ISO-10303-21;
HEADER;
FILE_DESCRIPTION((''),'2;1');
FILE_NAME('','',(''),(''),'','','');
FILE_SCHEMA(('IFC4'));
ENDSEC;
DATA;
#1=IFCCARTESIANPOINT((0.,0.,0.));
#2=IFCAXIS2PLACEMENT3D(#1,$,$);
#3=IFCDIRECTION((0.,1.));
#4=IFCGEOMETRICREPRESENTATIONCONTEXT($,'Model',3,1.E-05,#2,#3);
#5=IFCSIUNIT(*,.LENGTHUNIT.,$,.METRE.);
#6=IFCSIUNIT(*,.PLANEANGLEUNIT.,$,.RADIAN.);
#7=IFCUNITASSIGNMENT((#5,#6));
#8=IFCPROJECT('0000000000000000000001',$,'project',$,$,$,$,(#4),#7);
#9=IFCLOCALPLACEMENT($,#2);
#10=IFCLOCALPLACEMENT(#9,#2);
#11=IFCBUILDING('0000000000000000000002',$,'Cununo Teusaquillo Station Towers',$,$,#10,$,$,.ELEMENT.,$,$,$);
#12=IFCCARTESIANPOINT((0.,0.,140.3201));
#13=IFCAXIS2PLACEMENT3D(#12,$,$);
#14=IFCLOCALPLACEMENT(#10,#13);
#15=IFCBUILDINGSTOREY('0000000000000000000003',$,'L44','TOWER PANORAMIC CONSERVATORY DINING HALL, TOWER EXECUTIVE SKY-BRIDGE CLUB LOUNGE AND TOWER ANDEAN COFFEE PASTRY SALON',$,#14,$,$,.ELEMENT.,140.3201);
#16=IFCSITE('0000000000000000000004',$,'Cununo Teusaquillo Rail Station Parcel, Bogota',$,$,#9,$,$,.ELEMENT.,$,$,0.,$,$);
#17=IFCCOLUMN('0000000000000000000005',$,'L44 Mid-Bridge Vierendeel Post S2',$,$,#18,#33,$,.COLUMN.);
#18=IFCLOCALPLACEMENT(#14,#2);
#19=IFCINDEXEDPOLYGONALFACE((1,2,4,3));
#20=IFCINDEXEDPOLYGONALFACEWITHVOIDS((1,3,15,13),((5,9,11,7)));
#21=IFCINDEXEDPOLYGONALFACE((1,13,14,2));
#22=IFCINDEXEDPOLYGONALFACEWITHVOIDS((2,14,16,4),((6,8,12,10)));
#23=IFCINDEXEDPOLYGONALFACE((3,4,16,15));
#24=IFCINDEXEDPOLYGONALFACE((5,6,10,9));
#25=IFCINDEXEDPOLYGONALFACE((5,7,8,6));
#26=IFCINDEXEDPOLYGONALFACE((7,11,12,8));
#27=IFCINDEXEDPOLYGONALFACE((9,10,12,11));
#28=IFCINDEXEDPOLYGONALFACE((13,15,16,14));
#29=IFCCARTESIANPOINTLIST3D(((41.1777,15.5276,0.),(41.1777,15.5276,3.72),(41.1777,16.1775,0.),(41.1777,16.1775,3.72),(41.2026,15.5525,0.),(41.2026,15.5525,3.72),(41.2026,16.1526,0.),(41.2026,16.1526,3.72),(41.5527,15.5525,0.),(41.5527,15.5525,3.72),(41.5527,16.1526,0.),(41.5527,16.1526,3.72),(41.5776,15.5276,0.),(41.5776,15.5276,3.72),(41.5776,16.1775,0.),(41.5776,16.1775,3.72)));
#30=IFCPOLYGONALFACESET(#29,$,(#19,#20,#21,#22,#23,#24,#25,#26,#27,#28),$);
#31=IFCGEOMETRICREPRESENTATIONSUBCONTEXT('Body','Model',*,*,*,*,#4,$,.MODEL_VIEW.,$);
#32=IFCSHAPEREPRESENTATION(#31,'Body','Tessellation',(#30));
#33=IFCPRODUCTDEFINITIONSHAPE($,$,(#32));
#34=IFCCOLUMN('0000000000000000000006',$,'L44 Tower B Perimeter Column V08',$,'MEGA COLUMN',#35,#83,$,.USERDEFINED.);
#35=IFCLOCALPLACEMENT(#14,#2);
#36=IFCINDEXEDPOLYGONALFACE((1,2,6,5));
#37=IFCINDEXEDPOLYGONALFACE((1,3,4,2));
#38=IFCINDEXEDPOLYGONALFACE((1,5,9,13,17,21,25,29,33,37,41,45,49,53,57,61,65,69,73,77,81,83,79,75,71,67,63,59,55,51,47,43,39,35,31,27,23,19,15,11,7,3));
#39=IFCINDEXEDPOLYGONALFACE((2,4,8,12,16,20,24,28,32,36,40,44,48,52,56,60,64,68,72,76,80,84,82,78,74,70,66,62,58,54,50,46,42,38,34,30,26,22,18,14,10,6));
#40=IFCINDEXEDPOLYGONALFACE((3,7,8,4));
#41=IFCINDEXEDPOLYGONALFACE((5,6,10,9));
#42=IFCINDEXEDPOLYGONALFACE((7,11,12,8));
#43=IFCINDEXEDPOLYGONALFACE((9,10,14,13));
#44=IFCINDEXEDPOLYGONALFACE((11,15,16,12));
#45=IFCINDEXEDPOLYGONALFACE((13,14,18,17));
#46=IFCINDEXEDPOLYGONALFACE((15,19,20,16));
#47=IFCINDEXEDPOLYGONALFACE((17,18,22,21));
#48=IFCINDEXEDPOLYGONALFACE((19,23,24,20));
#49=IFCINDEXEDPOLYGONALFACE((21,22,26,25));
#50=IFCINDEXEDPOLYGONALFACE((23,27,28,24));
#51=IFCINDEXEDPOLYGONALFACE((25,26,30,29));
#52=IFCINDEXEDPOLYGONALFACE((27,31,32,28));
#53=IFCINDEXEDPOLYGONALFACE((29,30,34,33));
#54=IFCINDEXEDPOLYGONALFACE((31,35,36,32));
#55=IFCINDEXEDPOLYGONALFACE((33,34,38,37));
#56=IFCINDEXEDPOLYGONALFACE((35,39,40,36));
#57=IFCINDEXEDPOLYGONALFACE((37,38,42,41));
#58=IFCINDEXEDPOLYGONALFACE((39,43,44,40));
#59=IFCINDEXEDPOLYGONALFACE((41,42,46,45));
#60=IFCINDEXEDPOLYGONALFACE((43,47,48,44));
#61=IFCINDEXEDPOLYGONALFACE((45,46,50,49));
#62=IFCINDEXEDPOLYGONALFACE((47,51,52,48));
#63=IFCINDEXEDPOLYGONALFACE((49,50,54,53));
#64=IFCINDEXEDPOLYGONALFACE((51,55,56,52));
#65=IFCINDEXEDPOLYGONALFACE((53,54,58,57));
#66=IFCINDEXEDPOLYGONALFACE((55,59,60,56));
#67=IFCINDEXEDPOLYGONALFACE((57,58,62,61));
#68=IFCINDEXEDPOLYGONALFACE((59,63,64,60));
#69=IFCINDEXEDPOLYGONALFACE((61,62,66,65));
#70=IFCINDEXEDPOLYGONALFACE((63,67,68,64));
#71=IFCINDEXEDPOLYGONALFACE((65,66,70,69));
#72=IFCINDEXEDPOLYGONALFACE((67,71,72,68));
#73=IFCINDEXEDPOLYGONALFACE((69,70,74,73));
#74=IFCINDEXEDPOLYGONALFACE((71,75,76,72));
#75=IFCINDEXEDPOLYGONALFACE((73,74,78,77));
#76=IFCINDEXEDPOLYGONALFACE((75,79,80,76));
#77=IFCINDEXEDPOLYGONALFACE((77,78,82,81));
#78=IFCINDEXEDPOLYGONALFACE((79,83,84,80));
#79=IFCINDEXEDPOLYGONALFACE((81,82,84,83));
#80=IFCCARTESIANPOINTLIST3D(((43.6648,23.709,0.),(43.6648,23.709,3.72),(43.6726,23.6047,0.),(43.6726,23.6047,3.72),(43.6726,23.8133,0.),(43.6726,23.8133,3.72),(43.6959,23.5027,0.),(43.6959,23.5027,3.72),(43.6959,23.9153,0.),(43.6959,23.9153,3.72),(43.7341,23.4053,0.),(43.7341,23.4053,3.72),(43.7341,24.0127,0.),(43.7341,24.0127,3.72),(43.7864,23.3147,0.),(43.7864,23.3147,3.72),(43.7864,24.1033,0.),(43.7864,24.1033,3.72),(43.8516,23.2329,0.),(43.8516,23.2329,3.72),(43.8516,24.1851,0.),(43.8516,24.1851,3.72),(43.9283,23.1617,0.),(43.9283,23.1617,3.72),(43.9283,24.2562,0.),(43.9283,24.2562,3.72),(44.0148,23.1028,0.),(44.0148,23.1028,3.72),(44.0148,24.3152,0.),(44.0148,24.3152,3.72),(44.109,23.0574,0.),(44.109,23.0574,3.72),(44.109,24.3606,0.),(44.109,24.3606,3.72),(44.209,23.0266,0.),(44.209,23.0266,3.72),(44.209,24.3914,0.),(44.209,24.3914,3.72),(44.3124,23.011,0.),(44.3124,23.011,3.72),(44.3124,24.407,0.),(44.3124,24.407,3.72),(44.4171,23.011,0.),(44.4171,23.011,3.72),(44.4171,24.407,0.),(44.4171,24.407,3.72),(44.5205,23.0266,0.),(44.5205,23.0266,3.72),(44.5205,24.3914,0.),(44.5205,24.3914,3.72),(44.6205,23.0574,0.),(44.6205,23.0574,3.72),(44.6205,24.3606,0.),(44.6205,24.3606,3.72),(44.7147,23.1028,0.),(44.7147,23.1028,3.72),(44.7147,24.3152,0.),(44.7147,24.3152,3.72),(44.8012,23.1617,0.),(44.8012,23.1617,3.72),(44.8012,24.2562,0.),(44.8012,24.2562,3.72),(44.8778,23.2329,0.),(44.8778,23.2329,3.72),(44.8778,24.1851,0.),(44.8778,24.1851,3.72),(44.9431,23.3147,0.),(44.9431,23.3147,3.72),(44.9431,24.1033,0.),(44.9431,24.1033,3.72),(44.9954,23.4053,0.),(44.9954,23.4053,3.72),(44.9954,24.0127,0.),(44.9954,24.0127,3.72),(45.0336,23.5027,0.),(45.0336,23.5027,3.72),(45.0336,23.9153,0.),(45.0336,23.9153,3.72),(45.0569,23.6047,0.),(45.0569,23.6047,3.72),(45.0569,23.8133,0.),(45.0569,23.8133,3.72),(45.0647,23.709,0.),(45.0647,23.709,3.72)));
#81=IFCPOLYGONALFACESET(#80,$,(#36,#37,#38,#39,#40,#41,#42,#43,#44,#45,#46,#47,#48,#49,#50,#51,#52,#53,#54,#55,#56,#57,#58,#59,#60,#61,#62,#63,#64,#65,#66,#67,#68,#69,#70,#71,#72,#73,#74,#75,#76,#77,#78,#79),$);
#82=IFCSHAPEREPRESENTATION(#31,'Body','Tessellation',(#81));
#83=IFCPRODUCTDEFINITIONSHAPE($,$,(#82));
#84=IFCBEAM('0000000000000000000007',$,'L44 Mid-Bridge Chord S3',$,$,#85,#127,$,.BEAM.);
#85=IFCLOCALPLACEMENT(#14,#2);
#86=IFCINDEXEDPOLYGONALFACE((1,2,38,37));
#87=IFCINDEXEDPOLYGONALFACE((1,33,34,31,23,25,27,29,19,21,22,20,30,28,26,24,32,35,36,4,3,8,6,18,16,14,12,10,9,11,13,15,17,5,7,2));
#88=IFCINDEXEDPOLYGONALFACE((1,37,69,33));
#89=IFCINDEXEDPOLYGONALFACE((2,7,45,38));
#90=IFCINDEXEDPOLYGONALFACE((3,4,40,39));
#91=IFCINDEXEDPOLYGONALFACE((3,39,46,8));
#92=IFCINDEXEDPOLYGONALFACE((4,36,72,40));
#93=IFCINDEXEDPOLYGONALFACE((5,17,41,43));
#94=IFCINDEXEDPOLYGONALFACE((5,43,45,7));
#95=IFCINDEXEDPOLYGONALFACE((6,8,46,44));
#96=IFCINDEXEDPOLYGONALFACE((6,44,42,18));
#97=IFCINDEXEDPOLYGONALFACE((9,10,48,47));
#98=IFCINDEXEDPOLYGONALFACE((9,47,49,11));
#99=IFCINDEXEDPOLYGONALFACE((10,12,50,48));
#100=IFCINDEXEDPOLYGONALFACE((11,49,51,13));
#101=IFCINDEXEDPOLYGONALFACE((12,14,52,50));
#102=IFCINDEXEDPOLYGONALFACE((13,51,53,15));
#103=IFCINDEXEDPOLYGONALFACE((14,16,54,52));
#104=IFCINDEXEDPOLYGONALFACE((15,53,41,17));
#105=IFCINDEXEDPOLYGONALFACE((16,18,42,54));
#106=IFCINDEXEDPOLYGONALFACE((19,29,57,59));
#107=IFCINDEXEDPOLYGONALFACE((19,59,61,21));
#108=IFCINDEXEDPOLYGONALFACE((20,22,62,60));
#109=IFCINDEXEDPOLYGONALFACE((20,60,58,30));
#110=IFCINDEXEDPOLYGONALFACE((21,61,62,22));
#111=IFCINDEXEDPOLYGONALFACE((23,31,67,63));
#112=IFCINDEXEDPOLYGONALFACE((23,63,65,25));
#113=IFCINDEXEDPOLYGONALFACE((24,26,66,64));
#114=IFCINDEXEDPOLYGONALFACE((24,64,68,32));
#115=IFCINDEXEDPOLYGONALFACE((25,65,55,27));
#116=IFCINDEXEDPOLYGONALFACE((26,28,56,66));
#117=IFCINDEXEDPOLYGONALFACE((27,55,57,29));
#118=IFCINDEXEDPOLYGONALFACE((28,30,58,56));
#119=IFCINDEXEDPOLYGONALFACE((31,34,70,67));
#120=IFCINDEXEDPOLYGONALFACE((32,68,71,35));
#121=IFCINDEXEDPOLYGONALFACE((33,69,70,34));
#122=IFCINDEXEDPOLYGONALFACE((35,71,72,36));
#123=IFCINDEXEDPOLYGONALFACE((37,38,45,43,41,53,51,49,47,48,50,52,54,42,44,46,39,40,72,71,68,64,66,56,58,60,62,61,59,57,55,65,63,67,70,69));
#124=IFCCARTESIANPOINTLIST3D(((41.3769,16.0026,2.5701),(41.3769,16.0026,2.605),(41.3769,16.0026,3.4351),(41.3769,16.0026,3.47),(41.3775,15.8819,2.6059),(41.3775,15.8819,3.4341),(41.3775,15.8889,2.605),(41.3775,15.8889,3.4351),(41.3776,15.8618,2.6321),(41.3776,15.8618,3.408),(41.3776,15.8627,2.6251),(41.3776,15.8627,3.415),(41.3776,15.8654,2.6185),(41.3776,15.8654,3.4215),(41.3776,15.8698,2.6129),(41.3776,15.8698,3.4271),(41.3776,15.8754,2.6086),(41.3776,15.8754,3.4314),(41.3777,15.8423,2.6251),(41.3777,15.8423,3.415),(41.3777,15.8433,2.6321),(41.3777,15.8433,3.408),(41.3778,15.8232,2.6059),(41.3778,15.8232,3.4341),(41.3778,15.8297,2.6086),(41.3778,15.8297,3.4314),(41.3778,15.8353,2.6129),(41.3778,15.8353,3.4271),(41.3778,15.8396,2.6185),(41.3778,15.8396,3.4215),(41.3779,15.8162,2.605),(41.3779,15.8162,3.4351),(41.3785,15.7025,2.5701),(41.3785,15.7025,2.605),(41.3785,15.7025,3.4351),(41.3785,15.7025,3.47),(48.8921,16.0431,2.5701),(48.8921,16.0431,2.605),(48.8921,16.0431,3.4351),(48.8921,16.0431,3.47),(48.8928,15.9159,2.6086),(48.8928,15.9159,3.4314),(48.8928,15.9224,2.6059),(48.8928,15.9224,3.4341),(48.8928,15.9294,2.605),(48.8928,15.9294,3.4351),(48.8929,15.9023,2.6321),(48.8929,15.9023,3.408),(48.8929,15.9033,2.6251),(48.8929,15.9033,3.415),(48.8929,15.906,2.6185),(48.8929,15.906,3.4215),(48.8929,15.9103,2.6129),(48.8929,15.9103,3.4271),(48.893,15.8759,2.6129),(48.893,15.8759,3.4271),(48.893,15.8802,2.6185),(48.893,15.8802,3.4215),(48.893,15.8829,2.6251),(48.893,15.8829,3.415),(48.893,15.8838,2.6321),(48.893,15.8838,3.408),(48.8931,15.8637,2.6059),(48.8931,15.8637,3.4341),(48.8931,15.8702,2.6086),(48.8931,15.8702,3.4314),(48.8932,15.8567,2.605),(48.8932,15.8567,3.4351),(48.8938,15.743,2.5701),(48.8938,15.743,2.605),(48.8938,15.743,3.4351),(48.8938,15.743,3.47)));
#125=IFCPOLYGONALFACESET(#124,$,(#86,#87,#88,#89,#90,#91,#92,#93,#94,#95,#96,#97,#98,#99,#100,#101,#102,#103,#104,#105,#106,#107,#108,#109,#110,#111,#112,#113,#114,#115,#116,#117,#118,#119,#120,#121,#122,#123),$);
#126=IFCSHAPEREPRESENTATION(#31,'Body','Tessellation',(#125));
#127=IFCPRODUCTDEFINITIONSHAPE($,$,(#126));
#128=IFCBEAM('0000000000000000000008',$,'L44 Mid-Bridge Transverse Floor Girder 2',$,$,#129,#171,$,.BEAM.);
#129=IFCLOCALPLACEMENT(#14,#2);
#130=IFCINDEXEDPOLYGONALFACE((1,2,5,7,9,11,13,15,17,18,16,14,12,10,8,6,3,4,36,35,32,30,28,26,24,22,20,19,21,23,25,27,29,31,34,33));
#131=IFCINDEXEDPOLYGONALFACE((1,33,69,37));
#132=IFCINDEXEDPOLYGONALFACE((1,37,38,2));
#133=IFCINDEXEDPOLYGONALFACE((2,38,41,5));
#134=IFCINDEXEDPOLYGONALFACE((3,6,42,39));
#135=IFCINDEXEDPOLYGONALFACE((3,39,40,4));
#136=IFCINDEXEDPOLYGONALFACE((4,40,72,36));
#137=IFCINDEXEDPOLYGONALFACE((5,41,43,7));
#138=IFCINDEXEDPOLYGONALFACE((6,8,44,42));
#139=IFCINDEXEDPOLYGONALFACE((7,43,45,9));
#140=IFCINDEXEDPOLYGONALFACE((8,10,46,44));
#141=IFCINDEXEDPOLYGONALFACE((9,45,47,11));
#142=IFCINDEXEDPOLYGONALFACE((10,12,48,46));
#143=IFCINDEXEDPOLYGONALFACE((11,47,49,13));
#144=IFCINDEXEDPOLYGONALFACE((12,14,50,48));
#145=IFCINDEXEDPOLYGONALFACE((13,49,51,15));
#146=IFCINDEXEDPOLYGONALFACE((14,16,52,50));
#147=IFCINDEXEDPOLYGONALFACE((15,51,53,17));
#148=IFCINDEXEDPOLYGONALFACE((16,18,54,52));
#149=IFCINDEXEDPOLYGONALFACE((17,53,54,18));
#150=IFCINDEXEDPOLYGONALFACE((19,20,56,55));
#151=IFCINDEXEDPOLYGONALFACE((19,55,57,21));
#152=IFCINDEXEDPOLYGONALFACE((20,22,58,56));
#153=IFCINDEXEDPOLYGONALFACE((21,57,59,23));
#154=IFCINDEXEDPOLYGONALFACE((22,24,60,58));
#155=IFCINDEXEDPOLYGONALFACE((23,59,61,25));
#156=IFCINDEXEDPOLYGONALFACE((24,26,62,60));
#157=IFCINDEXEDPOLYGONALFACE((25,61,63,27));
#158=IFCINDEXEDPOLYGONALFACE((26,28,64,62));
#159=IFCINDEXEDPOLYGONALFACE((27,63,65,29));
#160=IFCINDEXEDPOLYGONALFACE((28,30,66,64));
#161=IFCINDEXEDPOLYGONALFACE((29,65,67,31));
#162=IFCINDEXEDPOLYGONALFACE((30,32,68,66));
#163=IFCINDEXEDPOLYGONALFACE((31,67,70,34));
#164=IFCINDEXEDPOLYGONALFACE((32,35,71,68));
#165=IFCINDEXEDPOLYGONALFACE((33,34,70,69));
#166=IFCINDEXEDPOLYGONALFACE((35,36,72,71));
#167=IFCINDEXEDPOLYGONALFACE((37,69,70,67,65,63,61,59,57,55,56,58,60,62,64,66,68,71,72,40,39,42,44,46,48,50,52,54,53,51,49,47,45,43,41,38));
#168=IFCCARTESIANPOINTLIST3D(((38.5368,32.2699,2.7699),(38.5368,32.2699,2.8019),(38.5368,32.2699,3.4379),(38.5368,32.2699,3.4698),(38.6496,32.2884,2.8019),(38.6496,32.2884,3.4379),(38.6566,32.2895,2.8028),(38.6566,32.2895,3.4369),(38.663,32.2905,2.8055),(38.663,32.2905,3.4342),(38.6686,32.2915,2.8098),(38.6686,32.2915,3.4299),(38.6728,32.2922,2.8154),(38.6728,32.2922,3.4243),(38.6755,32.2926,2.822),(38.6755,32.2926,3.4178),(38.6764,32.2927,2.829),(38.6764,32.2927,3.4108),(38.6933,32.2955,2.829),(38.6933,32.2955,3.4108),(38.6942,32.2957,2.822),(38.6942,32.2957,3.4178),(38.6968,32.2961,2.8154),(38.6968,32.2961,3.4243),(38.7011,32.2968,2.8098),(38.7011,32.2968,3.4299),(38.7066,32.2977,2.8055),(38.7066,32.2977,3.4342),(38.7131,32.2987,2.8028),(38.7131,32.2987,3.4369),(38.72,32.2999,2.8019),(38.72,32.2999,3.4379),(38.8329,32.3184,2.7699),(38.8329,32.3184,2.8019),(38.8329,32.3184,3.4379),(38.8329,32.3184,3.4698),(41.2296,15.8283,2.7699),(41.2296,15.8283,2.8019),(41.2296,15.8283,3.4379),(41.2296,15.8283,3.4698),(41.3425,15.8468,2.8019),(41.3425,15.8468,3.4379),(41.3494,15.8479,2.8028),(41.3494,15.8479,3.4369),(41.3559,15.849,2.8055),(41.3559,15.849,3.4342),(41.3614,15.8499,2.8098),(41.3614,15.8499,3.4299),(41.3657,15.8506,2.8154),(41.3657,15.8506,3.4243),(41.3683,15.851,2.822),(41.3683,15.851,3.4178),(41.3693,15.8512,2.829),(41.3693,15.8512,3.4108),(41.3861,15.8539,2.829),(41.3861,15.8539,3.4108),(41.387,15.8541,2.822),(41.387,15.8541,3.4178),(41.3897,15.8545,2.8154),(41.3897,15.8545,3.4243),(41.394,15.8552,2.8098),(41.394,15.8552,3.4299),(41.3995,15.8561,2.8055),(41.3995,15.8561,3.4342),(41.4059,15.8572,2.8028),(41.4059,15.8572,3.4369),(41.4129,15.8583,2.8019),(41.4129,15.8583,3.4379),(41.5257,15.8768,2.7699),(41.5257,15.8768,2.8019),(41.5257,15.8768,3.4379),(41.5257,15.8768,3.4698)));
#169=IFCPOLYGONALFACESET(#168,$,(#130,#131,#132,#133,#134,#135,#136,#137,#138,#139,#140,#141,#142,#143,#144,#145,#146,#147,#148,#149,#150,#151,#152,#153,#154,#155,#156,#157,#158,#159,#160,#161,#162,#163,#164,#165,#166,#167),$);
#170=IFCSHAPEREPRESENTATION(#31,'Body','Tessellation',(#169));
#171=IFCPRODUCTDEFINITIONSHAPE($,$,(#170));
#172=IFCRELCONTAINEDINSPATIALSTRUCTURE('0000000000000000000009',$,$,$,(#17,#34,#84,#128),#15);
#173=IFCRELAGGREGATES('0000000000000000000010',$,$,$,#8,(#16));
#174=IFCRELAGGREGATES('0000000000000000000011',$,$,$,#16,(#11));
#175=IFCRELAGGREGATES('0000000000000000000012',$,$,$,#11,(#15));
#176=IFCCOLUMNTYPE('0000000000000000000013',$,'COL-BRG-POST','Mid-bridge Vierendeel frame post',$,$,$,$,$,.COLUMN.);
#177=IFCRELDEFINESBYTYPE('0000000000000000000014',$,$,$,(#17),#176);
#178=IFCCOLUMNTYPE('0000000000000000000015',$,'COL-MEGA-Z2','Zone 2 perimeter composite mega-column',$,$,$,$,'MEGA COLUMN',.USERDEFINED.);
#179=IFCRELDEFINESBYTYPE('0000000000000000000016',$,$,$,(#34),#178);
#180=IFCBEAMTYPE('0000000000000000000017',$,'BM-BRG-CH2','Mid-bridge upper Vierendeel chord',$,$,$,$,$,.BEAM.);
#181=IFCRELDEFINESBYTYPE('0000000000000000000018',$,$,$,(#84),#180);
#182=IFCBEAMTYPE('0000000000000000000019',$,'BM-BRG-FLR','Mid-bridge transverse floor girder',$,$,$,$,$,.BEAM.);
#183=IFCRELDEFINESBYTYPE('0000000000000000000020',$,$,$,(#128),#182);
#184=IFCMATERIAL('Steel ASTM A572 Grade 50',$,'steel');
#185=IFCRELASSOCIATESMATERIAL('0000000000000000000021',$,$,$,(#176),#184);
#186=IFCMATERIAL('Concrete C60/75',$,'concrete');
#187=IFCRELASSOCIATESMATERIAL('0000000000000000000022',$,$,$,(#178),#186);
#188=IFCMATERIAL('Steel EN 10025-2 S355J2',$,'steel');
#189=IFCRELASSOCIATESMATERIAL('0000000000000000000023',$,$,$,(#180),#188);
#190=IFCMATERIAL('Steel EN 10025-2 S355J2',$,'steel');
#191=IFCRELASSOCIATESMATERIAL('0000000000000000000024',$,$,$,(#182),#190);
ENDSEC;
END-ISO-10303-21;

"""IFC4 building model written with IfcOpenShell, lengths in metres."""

from ifc_helpers import new_model, si_unit, direction, frame, origin, origin_2d, place, context, subcontext, project, spatial, hollow_rectangle, circle, i_section, extrude, material, material_profile, profile_set, type_object, element, save


model = new_model("IFC4")

# Units and contexts
model_context = context("Model", 3, precision=1e-05, world=origin(), true_north=direction((0.0, 1.0)))
body_context = subcontext(model_context, "Body", "Model", "MODEL_VIEW")
ifc_project = project(units=[si_unit("LENGTHUNIT", "METRE"), si_unit("PLANEANGLEUNIT", "RADIAN")], contexts=[model_context])

# Site, building, storey
site_placement = place(None, origin())
site = spatial("IfcSite", under=ifc_project, at=site_placement, Name="Cununo Teusaquillo Rail Station Parcel, Bogota", CompositionType="ELEMENT", RefElevation=0.0)
building_placement = place(site_placement, origin())
building = spatial("IfcBuilding", under=site, at=building_placement, Name="Cununo Teusaquillo Station Towers", CompositionType="ELEMENT")
storey_placement = place(building_placement, frame((0.0, 0.0, 140.3201)))
storey = spatial("IfcBuildingStorey", under=building, at=storey_placement, Name="L44", Description="TOWER PANORAMIC CONSERVATORY DINING HALL, TOWER EXECUTIVE SKY-BRIDGE CLUB LOUNGE AND TOWER ANDEAN COFFEE PASTRY SALON", CompositionType="ELEMENT", Elevation=140.3201)

# Columns
ifc_material_1 = material(Name="Steel ASTM A572 Grade 50", Category="steel")
ifc_material_profile_1 = material_profile(ifc_material_1, hollow_rectangle(XDim=0.3999, YDim=0.6499, WallThickness=0.0249, at=origin_2d()), Name="RHS 650x400x25")
ifc_profile_set_1 = profile_set([ifc_material_profile_1], Name="Steel ASTM A572 Grade 50")
column_type_1 = type_object("IfcColumnType", Name="COL-BRG-POST", Description="Mid-bridge Vierendeel frame post", PredefinedType="COLUMN", material=ifc_profile_set_1)
column_1_placement = place(storey_placement, frame((41.3777, 15.8525, 0.0), z_axis=(0.0, 0.0, 1.0), x_axis=(1.0, 0.0, 0.0)))
element("IfcColumn", 1, at=column_1_placement, inside=storey, type_object=column_type_1, Name="L44 Mid-Bridge Vierendeel Post S2", PredefinedType="COLUMN", context=body_context, shape_type="SweptSolid", body=[
    extrude(hollow_rectangle(XDim=0.3999, YDim=0.6499, WallThickness=0.0249, at=origin_2d()), origin(), (0.0, 0.0, 1.0), 3.72),
])
ifc_material_2 = material(Name="Concrete C60/75", Category="concrete")
ifc_material_profile_2 = material_profile(ifc_material_2, circle(Radius=0.7, at=origin_2d()), Name="RC-CIRC-1400")
ifc_profile_set_2 = profile_set([ifc_material_profile_2], Name="Concrete C60/75")
column_type_2 = type_object("IfcColumnType", Name="COL-MEGA-Z2", Description="Zone 2 perimeter composite mega-column", ElementType="MEGA COLUMN", PredefinedType="USERDEFINED", material=ifc_profile_set_2)
column_2_placement = place(storey_placement, frame((44.3647, 23.709, 0.0), z_axis=(0.0, 0.0, 1.0), x_axis=(1.0, 0.0, 0.0)))
element("IfcColumn", 2, at=column_2_placement, inside=storey, type_object=column_type_2, Name="L44 Tower B Perimeter Column V08", ObjectType="MEGA COLUMN", PredefinedType="USERDEFINED", context=body_context, shape_type="SweptSolid", body=[
    extrude(circle(Radius=0.7, at=origin_2d()), origin(), (0.0, 0.0, 1.0), 3.72),
])

# Beams
ifc_material_3 = material(Name="Steel EN 10025-2 S355J2", Category="steel")
ifc_material_profile_3 = material_profile(ifc_material_3, i_section(OverallWidth=0.3, OverallDepth=0.8999, WebThickness=0.0186, FlangeThickness=0.0349, FilletRadius=0.0271, at=origin_2d()), Name="HEB 900")
ifc_profile_set_3 = profile_set([ifc_material_profile_3], Name="Steel EN 10025-2 S355J2")
beam_type_1 = type_object("IfcBeamType", Name="BM-BRG-CH2", Description="Mid-bridge upper Vierendeel chord", PredefinedType="BEAM", material=ifc_profile_set_3)
beam_1_placement = place(storey_placement, frame((41.3777, 15.8525, 3.02), z_axis=(0.999985, 0.005393, 0.0), x_axis=(-0.005393, 0.999985, 0.0)))
element("IfcBeam", 3, at=beam_1_placement, inside=storey, type_object=beam_type_1, Name="L44 Mid-Bridge Chord S3", PredefinedType="BEAM", context=body_context, shape_type="SweptSolid", body=[
    extrude(i_section(OverallWidth=0.3, OverallDepth=0.8999, WebThickness=0.0186, FlangeThickness=0.0349, FilletRadius=0.0271, at=origin_2d()), origin(), (0.0, 0.0, 1.0), 7.5154),
])
ifc_material_4 = material(Name="Steel EN 10025-2 S355J2", Category="steel")
ifc_material_profile_4 = material_profile(ifc_material_4, i_section(OverallWidth=0.3, OverallDepth=0.7, WebThickness=0.0171, FlangeThickness=0.032, FilletRadius=0.0271, at=origin_2d()), Name="HEB 700")
ifc_profile_set_4 = profile_set([ifc_material_profile_4], Name="Steel EN 10025-2 S355J2")
beam_type_2 = type_object("IfcBeamType", Name="BM-BRG-FLR", Description="Mid-bridge transverse floor girder", PredefinedType="BEAM", material=ifc_profile_set_4)
beam_2_placement = place(storey_placement, frame((41.3777, 15.8525, 3.1199), z_axis=(-0.16163, 0.986851, 0.0), x_axis=(-0.986851, -0.16163, 0.0)))
element("IfcBeam", 4, at=beam_2_placement, inside=storey, type_object=beam_type_2, Name="L44 Mid-Bridge Transverse Floor Girder 2", PredefinedType="BEAM", context=body_context, shape_type="SweptSolid", body=[
    extrude(i_section(OverallWidth=0.3, OverallDepth=0.7, WebThickness=0.0171, FlangeThickness=0.032, FilletRadius=0.0271, at=origin_2d()), origin(), (0.0, 0.0, 1.0), 16.6606),
])

save(model, "model.ifc")
